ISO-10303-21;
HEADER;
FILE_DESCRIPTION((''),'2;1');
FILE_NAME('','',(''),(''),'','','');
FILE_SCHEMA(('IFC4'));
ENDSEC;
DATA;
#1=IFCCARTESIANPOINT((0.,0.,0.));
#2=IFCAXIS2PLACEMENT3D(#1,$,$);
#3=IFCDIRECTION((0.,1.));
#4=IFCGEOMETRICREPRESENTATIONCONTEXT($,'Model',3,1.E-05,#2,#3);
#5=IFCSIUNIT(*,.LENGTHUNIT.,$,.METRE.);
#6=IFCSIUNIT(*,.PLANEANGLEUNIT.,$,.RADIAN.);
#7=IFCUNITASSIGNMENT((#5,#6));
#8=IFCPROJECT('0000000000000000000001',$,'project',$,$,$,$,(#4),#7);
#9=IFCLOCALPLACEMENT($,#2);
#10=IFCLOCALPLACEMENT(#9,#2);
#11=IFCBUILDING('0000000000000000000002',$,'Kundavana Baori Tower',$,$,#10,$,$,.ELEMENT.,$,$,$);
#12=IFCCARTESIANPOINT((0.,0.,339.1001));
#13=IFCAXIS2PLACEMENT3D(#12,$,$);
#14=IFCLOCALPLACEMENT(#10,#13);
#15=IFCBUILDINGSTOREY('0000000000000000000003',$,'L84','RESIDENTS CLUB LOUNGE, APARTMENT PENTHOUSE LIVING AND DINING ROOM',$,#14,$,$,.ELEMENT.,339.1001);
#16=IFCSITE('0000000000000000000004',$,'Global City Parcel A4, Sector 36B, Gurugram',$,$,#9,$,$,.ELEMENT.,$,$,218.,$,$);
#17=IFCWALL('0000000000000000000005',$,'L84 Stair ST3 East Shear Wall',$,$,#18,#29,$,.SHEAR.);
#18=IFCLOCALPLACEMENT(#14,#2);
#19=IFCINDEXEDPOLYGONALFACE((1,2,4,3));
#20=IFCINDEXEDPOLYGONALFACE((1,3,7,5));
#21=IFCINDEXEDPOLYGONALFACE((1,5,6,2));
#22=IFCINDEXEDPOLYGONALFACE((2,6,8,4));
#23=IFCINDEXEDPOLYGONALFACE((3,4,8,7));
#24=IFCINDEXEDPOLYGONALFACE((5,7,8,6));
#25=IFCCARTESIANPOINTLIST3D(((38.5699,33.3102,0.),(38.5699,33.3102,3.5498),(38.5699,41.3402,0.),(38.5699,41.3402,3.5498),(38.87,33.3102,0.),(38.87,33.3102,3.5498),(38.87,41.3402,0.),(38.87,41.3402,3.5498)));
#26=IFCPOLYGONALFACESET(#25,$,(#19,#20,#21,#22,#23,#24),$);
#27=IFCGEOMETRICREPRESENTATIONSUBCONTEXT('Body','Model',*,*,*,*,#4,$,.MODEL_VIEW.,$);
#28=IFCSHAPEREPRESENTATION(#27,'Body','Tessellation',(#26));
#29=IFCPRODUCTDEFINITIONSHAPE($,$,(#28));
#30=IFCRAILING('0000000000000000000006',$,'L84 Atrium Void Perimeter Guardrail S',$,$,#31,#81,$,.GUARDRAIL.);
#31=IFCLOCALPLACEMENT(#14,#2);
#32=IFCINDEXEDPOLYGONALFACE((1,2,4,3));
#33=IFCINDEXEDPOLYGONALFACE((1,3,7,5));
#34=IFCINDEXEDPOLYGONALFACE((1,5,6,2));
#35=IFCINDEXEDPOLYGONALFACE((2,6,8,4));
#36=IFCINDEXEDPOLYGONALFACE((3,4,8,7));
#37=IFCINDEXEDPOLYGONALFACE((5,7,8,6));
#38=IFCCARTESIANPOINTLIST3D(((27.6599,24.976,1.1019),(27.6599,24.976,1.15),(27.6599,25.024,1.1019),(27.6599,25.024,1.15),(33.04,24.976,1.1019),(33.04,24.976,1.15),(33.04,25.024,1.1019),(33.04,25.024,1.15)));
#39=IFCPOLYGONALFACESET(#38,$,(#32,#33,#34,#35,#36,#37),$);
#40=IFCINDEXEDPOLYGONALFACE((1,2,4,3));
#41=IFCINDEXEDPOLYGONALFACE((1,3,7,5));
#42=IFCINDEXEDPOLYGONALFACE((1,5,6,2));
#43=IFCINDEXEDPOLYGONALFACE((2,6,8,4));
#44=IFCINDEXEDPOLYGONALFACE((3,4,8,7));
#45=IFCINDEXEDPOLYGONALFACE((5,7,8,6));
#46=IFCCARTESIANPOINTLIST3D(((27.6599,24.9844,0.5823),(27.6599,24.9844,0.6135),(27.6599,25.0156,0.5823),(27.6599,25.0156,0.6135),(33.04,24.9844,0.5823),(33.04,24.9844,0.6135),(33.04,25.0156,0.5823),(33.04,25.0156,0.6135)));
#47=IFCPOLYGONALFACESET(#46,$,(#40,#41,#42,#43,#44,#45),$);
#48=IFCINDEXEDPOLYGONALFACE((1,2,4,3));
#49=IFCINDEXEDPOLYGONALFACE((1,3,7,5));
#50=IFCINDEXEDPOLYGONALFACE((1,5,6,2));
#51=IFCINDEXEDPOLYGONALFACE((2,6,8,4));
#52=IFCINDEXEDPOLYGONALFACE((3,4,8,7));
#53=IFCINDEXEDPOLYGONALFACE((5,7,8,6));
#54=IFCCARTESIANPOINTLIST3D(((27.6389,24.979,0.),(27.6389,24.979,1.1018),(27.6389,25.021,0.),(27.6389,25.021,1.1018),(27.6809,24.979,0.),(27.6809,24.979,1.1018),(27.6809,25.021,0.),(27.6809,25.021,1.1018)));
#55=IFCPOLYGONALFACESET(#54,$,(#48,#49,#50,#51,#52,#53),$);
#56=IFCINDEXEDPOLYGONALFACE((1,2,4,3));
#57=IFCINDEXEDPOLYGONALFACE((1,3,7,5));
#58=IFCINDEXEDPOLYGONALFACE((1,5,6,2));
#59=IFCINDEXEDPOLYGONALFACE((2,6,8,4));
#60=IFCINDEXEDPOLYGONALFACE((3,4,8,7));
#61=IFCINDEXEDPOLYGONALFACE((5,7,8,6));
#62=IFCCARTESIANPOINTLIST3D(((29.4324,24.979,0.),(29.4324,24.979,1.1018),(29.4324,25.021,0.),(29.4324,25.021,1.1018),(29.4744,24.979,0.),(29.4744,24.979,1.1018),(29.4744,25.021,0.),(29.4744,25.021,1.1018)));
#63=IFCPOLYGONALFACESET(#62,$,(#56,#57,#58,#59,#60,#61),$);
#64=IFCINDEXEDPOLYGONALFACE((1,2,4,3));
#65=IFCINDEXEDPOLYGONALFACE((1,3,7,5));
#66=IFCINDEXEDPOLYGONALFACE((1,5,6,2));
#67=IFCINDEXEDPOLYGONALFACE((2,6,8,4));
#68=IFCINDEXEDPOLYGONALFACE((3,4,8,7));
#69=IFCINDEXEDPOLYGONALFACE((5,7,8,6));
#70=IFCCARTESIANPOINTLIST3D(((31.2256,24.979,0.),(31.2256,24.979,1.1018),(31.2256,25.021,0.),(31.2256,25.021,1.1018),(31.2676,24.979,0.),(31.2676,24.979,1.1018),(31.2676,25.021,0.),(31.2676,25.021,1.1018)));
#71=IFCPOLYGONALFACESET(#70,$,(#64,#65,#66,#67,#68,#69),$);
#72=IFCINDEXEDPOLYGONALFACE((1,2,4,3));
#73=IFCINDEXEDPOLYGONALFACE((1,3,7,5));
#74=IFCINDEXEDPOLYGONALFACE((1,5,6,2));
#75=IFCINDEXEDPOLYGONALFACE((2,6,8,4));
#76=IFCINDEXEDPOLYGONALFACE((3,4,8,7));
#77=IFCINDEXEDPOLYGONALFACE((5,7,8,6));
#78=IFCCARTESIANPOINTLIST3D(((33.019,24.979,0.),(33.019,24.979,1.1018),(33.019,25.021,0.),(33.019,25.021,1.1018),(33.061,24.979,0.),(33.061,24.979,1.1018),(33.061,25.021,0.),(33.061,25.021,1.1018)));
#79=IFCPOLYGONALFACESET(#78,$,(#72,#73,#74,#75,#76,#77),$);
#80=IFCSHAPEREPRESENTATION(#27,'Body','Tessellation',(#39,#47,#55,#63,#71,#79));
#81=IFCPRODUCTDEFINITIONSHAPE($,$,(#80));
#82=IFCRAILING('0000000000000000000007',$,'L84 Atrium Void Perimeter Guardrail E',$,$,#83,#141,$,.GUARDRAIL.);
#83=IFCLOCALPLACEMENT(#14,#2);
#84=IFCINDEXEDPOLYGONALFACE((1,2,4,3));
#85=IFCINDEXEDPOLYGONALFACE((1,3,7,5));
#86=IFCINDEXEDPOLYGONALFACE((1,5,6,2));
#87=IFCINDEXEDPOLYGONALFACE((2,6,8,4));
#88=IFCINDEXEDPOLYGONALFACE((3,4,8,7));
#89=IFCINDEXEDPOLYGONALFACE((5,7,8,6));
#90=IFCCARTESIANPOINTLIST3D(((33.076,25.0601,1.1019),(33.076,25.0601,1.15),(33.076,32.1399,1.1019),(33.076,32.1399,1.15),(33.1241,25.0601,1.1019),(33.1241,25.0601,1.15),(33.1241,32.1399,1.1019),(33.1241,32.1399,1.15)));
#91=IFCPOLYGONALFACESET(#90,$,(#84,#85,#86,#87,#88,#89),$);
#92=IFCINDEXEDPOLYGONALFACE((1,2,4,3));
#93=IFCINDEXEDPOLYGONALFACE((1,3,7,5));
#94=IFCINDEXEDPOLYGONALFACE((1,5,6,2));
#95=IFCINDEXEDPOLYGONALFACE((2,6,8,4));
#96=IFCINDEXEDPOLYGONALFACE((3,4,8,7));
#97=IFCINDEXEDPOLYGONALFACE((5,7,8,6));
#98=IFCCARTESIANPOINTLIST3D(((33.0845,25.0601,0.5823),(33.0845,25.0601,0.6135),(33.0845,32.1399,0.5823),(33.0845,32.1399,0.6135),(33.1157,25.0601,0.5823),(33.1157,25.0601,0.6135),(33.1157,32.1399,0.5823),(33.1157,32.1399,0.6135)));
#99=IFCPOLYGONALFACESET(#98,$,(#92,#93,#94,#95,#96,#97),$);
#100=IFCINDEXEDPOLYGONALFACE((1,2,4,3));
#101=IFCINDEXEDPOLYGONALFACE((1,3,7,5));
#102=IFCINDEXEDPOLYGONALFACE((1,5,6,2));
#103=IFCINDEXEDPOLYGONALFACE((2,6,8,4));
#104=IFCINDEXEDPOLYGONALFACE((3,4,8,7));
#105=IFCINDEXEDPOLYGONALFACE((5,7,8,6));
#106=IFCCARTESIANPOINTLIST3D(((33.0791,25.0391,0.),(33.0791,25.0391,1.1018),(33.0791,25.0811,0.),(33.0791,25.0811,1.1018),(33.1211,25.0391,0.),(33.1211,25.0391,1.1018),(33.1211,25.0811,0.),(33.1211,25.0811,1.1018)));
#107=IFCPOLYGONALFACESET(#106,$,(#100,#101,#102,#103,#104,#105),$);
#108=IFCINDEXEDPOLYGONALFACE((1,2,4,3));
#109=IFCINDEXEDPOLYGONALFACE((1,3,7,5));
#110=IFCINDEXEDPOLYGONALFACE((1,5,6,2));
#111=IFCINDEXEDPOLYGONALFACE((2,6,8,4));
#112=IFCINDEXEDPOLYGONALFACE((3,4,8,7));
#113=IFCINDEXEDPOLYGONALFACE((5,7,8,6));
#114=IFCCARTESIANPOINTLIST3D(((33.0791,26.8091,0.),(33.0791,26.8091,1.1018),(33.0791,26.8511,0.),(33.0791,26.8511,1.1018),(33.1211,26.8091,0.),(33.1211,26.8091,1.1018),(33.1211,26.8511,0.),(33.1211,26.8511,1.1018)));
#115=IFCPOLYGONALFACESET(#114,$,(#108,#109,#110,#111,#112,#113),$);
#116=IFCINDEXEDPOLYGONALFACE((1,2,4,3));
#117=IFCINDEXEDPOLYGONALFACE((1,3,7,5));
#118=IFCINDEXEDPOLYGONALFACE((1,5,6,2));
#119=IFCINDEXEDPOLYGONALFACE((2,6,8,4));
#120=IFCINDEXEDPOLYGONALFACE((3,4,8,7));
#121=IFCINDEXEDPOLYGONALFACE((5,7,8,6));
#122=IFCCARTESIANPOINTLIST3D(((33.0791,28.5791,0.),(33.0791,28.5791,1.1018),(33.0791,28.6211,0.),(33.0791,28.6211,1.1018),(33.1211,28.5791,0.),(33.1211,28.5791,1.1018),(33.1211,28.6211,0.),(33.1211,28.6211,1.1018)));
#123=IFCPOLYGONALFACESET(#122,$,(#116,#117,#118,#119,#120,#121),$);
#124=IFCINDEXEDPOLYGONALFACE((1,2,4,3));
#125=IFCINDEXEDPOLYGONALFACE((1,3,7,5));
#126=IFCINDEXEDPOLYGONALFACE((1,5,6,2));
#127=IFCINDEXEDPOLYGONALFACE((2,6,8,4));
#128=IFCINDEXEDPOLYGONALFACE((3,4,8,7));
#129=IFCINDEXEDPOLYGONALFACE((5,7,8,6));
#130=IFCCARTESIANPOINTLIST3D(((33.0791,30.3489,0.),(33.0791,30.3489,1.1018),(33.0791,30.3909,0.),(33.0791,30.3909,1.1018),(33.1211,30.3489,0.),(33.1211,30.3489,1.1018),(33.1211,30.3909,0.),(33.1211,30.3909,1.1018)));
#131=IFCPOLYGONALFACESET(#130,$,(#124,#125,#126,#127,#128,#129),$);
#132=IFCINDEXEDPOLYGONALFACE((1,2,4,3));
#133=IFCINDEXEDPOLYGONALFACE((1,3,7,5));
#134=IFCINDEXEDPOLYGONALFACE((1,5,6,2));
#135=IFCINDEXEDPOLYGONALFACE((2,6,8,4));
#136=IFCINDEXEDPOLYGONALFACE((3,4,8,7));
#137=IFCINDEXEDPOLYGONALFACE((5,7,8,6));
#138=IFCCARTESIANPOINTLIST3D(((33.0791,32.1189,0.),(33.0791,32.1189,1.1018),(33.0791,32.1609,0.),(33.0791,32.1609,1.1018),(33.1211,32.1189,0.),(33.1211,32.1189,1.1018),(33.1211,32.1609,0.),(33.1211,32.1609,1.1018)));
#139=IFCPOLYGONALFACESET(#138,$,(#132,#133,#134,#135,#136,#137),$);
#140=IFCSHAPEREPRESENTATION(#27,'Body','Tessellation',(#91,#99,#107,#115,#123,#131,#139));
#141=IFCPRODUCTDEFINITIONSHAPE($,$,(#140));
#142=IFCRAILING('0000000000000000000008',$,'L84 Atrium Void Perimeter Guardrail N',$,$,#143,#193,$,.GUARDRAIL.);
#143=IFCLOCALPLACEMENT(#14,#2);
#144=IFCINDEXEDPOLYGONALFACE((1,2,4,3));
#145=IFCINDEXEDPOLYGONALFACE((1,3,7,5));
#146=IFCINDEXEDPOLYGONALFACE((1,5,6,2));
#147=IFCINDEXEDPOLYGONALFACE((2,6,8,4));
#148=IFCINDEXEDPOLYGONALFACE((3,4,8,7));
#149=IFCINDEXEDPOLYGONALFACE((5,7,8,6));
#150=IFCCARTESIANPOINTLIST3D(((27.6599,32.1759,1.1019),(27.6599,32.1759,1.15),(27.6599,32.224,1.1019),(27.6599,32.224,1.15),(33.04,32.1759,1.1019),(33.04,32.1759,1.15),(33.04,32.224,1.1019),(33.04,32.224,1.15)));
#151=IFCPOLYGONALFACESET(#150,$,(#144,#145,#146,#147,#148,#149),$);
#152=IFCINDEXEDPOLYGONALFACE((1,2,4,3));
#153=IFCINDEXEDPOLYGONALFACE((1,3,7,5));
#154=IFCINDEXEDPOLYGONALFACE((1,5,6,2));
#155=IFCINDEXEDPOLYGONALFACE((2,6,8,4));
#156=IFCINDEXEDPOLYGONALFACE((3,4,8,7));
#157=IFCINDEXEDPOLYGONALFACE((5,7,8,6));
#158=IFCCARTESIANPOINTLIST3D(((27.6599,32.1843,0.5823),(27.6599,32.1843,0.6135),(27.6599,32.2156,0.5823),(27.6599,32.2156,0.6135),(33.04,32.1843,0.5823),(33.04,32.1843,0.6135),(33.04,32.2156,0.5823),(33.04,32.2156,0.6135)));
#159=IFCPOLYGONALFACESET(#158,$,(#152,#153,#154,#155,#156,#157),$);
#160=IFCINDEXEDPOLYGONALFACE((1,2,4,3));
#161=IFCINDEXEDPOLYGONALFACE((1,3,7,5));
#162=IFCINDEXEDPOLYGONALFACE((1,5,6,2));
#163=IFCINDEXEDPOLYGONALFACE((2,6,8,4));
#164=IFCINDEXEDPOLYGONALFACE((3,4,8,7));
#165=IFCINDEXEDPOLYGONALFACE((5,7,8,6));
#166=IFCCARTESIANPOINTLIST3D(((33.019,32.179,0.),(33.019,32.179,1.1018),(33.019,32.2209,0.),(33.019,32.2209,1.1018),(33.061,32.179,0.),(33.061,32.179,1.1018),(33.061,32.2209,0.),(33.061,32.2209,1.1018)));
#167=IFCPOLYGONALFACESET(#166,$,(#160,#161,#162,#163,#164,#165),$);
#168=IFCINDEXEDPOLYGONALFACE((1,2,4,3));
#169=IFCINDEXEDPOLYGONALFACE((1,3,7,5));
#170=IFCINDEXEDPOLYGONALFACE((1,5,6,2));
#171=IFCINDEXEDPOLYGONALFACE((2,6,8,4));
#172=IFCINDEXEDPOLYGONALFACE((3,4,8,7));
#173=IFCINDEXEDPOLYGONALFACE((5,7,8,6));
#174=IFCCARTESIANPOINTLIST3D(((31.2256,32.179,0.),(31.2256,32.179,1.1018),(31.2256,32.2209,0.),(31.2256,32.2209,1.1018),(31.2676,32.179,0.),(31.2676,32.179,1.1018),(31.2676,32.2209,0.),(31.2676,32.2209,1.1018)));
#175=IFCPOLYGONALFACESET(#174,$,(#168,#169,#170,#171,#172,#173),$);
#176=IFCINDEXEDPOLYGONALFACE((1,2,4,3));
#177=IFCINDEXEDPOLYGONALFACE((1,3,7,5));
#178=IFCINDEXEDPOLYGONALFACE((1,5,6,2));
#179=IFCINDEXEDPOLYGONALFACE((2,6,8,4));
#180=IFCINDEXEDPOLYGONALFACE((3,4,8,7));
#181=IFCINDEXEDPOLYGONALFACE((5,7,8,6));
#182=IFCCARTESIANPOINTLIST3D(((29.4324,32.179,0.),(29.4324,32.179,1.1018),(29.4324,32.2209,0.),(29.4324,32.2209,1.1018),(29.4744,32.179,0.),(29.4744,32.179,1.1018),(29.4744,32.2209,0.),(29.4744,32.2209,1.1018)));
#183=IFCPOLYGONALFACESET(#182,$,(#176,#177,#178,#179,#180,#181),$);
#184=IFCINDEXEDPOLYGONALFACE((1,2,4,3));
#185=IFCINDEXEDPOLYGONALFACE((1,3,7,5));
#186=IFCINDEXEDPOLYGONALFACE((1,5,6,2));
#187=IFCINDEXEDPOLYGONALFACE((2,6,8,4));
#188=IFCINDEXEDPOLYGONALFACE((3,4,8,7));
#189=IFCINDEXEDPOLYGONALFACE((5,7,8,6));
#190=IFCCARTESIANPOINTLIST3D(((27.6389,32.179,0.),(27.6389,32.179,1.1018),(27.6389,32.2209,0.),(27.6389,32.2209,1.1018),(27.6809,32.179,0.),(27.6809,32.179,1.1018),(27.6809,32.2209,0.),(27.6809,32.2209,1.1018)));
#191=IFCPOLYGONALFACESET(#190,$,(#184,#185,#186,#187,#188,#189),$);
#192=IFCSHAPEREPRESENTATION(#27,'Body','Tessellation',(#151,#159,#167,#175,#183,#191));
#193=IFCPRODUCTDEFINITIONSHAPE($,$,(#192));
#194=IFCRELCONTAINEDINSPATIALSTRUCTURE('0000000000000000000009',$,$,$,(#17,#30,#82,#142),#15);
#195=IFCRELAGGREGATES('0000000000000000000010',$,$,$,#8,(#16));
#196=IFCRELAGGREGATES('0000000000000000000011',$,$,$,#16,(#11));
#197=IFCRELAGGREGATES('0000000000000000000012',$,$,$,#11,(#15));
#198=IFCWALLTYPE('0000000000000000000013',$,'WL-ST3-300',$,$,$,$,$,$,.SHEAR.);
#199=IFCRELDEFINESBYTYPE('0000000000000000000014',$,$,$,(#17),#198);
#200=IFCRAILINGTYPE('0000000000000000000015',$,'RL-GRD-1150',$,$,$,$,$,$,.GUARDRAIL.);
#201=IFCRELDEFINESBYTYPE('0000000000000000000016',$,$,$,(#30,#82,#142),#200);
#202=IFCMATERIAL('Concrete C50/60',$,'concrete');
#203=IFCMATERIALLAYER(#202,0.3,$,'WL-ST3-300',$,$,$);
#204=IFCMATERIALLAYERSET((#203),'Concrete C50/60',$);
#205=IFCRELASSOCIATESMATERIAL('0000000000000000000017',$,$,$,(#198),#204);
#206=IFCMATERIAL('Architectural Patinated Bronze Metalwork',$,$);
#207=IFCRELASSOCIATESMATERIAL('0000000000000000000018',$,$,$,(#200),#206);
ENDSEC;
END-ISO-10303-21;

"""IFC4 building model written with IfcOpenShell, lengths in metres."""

from ifc_helpers import new_model, si_unit, direction, frame, frame_2d, origin, origin_2d, place, context, subcontext, project, spatial, rectangle, extrude, material, layer, layer_set, type_object, element, save


model = new_model("IFC4")

# Units and contexts
model_context = context("Model", 3, precision=1e-05, world=origin(), true_north=direction((0.0, 1.0)))
body_context = subcontext(model_context, "Body", "Model", "MODEL_VIEW")
ifc_project = project(units=[si_unit("LENGTHUNIT", "METRE"), si_unit("PLANEANGLEUNIT", "RADIAN")], contexts=[model_context])

# Site, building, storey
site_placement = place(None, origin())
site = spatial("IfcSite", under=ifc_project, at=site_placement, Name="Global City Parcel A4, Sector 36B, Gurugram", CompositionType="ELEMENT", RefElevation=218.0)
building_placement = place(site_placement, origin())
building = spatial("IfcBuilding", under=site, at=building_placement, Name="Kundavana Baori Tower", CompositionType="ELEMENT")
storey_placement = place(building_placement, frame((0.0, 0.0, 339.1001)))
storey = spatial("IfcBuildingStorey", under=building, at=storey_placement, Name="L84", Description="RESIDENTS CLUB LOUNGE, APARTMENT PENTHOUSE LIVING AND DINING ROOM", CompositionType="ELEMENT", Elevation=339.1001)

# Shared definitions
ifc_material_1 = material(Name="Concrete C50/60", Category="concrete")
ifc_layer_1 = layer(ifc_material_1, 0.3, Name="WL-ST3-300")
ifc_layer_set_1 = layer_set([ifc_layer_1], Name="Concrete C50/60")
wall_type_1 = type_object("IfcWallType", Name="WL-ST3-300", PredefinedType="SHEAR", material=ifc_layer_set_1)

# Wall
wall_1_placement = place(storey_placement, frame((38.72, 33.3101, 0.0), z_axis=(0.0, 0.0, 1.0), x_axis=(0.0, 1.0, 0.0)))
element("IfcWall", 1, at=wall_1_placement, inside=storey, type_object=wall_type_1, Name="L84 Stair ST3 East Shear Wall", PredefinedType="SHEAR", context=body_context, shape_type="SweptSolid", body=[
    extrude(rectangle(XDim=8.03, YDim=0.3, at=frame_2d((4.0151, 0.0))), origin(), (0.0, 0.0, 1.0), 3.5498),
])

# Railings
ifc_material_2 = material(Name="Architectural Patinated Bronze Metalwork")
railing_type = type_object("IfcRailingType", Name="RL-GRD-1150", PredefinedType="GUARDRAIL", material=ifc_material_2)
railing_1_placement = place(storey_placement, frame((27.6599, 25.0, 0.0)))
element("IfcRailing", 2, at=railing_1_placement, inside=storey, type_object=railing_type, Name="L84 Atrium Void Perimeter Guardrail S", PredefinedType="GUARDRAIL", context=body_context, shape_type="SweptSolid", body=[
    extrude(rectangle(XDim=0.0481, YDim=0.0481, at=origin_2d()), frame((0.0, 0.0, 1.126), z_axis=(1.0, 0.0, 0.0), x_axis=(0.0, 1.0, 0.0)), (0.0, 0.0, 1.0), 5.3801),
    extrude(rectangle(XDim=0.0312, YDim=0.0312, at=origin_2d()), frame((0.0, 0.0, 0.5979), z_axis=(1.0, 0.0, 0.0), x_axis=(0.0, 1.0, 0.0)), (0.0, 0.0, 1.0), 5.3801),
    extrude(rectangle(XDim=0.042, YDim=0.042, at=origin_2d()), origin(), (0.0, 0.0, 1.0), 1.1018),
    extrude(rectangle(XDim=0.042, YDim=0.042, at=origin_2d()), frame((1.7935, 0.0, 0.0)), (0.0, 0.0, 1.0), 1.1018),
    extrude(rectangle(XDim=0.042, YDim=0.042, at=origin_2d()), frame((3.5867, 0.0, 0.0)), (0.0, 0.0, 1.0), 1.1018),
    extrude(rectangle(XDim=0.042, YDim=0.042, at=origin_2d()), frame((5.3801, 0.0, 0.0)), (0.0, 0.0, 1.0), 1.1018),
])
railing_2_placement = place(storey_placement, frame((33.1001, 25.0601, 0.0)))
element("IfcRailing", 3, at=railing_2_placement, inside=storey, type_object=railing_type, Name="L84 Atrium Void Perimeter Guardrail E", PredefinedType="GUARDRAIL", context=body_context, shape_type="SweptSolid", body=[
    extrude(rectangle(XDim=0.0481, YDim=0.0481, at=origin_2d()), frame((0.0, 0.0, 1.126), z_axis=(0.0, 1.0, 0.0), x_axis=(-1.0, 0.0, 0.0)), (0.0, 0.0, 1.0), 7.0798),
    extrude(rectangle(XDim=0.0312, YDim=0.0312, at=origin_2d()), frame((0.0, 0.0, 0.5979), z_axis=(0.0, 1.0, 0.0), x_axis=(-1.0, 0.0, 0.0)), (0.0, 0.0, 1.0), 7.0798),
    extrude(rectangle(XDim=0.042, YDim=0.042, at=origin_2d()), origin(), (0.0, 0.0, 1.0), 1.1018),
    extrude(rectangle(XDim=0.042, YDim=0.042, at=origin_2d()), frame((0.0, 1.77, 0.0)), (0.0, 0.0, 1.0), 1.1018),
    extrude(rectangle(XDim=0.042, YDim=0.042, at=origin_2d()), frame((0.0, 3.54, 0.0)), (0.0, 0.0, 1.0), 1.1018),
    extrude(rectangle(XDim=0.042, YDim=0.042, at=origin_2d()), frame((0.0, 5.3098, 0.0)), (0.0, 0.0, 1.0), 1.1018),
    extrude(rectangle(XDim=0.042, YDim=0.042, at=origin_2d()), frame((0.0, 7.0798, 0.0)), (0.0, 0.0, 1.0), 1.1018),
])
railing_3_placement = place(storey_placement, frame((33.04, 32.2, 0.0)))
element("IfcRailing", 4, at=railing_3_placement, inside=storey, type_object=railing_type, Name="L84 Atrium Void Perimeter Guardrail N", PredefinedType="GUARDRAIL", context=body_context, shape_type="SweptSolid", body=[
    extrude(rectangle(XDim=0.0481, YDim=0.0481, at=origin_2d()), frame((0.0, 0.0, 1.126), z_axis=(-1.0, 0.0, 0.0), x_axis=(0.0, -1.0, 0.0)), (0.0, 0.0, 1.0), 5.3801),
    extrude(rectangle(XDim=0.0312, YDim=0.0312, at=origin_2d()), frame((0.0, 0.0, 0.5979), z_axis=(-1.0, 0.0, 0.0), x_axis=(0.0, -1.0, 0.0)), (0.0, 0.0, 1.0), 5.3801),
    extrude(rectangle(XDim=0.042, YDim=0.042, at=origin_2d()), origin(), (0.0, 0.0, 1.0), 1.1018),
    extrude(rectangle(XDim=0.042, YDim=0.042, at=origin_2d()), frame((-1.7935, 0.0, 0.0)), (0.0, 0.0, 1.0), 1.1018),
    extrude(rectangle(XDim=0.042, YDim=0.042, at=origin_2d()), frame((-3.5867, 0.0, 0.0)), (0.0, 0.0, 1.0), 1.1018),
    extrude(rectangle(XDim=0.042, YDim=0.042, at=origin_2d()), frame((-5.3801, 0.0, 0.0)), (0.0, 0.0, 1.0), 1.1018),
])

save(model, "model.ifc")
